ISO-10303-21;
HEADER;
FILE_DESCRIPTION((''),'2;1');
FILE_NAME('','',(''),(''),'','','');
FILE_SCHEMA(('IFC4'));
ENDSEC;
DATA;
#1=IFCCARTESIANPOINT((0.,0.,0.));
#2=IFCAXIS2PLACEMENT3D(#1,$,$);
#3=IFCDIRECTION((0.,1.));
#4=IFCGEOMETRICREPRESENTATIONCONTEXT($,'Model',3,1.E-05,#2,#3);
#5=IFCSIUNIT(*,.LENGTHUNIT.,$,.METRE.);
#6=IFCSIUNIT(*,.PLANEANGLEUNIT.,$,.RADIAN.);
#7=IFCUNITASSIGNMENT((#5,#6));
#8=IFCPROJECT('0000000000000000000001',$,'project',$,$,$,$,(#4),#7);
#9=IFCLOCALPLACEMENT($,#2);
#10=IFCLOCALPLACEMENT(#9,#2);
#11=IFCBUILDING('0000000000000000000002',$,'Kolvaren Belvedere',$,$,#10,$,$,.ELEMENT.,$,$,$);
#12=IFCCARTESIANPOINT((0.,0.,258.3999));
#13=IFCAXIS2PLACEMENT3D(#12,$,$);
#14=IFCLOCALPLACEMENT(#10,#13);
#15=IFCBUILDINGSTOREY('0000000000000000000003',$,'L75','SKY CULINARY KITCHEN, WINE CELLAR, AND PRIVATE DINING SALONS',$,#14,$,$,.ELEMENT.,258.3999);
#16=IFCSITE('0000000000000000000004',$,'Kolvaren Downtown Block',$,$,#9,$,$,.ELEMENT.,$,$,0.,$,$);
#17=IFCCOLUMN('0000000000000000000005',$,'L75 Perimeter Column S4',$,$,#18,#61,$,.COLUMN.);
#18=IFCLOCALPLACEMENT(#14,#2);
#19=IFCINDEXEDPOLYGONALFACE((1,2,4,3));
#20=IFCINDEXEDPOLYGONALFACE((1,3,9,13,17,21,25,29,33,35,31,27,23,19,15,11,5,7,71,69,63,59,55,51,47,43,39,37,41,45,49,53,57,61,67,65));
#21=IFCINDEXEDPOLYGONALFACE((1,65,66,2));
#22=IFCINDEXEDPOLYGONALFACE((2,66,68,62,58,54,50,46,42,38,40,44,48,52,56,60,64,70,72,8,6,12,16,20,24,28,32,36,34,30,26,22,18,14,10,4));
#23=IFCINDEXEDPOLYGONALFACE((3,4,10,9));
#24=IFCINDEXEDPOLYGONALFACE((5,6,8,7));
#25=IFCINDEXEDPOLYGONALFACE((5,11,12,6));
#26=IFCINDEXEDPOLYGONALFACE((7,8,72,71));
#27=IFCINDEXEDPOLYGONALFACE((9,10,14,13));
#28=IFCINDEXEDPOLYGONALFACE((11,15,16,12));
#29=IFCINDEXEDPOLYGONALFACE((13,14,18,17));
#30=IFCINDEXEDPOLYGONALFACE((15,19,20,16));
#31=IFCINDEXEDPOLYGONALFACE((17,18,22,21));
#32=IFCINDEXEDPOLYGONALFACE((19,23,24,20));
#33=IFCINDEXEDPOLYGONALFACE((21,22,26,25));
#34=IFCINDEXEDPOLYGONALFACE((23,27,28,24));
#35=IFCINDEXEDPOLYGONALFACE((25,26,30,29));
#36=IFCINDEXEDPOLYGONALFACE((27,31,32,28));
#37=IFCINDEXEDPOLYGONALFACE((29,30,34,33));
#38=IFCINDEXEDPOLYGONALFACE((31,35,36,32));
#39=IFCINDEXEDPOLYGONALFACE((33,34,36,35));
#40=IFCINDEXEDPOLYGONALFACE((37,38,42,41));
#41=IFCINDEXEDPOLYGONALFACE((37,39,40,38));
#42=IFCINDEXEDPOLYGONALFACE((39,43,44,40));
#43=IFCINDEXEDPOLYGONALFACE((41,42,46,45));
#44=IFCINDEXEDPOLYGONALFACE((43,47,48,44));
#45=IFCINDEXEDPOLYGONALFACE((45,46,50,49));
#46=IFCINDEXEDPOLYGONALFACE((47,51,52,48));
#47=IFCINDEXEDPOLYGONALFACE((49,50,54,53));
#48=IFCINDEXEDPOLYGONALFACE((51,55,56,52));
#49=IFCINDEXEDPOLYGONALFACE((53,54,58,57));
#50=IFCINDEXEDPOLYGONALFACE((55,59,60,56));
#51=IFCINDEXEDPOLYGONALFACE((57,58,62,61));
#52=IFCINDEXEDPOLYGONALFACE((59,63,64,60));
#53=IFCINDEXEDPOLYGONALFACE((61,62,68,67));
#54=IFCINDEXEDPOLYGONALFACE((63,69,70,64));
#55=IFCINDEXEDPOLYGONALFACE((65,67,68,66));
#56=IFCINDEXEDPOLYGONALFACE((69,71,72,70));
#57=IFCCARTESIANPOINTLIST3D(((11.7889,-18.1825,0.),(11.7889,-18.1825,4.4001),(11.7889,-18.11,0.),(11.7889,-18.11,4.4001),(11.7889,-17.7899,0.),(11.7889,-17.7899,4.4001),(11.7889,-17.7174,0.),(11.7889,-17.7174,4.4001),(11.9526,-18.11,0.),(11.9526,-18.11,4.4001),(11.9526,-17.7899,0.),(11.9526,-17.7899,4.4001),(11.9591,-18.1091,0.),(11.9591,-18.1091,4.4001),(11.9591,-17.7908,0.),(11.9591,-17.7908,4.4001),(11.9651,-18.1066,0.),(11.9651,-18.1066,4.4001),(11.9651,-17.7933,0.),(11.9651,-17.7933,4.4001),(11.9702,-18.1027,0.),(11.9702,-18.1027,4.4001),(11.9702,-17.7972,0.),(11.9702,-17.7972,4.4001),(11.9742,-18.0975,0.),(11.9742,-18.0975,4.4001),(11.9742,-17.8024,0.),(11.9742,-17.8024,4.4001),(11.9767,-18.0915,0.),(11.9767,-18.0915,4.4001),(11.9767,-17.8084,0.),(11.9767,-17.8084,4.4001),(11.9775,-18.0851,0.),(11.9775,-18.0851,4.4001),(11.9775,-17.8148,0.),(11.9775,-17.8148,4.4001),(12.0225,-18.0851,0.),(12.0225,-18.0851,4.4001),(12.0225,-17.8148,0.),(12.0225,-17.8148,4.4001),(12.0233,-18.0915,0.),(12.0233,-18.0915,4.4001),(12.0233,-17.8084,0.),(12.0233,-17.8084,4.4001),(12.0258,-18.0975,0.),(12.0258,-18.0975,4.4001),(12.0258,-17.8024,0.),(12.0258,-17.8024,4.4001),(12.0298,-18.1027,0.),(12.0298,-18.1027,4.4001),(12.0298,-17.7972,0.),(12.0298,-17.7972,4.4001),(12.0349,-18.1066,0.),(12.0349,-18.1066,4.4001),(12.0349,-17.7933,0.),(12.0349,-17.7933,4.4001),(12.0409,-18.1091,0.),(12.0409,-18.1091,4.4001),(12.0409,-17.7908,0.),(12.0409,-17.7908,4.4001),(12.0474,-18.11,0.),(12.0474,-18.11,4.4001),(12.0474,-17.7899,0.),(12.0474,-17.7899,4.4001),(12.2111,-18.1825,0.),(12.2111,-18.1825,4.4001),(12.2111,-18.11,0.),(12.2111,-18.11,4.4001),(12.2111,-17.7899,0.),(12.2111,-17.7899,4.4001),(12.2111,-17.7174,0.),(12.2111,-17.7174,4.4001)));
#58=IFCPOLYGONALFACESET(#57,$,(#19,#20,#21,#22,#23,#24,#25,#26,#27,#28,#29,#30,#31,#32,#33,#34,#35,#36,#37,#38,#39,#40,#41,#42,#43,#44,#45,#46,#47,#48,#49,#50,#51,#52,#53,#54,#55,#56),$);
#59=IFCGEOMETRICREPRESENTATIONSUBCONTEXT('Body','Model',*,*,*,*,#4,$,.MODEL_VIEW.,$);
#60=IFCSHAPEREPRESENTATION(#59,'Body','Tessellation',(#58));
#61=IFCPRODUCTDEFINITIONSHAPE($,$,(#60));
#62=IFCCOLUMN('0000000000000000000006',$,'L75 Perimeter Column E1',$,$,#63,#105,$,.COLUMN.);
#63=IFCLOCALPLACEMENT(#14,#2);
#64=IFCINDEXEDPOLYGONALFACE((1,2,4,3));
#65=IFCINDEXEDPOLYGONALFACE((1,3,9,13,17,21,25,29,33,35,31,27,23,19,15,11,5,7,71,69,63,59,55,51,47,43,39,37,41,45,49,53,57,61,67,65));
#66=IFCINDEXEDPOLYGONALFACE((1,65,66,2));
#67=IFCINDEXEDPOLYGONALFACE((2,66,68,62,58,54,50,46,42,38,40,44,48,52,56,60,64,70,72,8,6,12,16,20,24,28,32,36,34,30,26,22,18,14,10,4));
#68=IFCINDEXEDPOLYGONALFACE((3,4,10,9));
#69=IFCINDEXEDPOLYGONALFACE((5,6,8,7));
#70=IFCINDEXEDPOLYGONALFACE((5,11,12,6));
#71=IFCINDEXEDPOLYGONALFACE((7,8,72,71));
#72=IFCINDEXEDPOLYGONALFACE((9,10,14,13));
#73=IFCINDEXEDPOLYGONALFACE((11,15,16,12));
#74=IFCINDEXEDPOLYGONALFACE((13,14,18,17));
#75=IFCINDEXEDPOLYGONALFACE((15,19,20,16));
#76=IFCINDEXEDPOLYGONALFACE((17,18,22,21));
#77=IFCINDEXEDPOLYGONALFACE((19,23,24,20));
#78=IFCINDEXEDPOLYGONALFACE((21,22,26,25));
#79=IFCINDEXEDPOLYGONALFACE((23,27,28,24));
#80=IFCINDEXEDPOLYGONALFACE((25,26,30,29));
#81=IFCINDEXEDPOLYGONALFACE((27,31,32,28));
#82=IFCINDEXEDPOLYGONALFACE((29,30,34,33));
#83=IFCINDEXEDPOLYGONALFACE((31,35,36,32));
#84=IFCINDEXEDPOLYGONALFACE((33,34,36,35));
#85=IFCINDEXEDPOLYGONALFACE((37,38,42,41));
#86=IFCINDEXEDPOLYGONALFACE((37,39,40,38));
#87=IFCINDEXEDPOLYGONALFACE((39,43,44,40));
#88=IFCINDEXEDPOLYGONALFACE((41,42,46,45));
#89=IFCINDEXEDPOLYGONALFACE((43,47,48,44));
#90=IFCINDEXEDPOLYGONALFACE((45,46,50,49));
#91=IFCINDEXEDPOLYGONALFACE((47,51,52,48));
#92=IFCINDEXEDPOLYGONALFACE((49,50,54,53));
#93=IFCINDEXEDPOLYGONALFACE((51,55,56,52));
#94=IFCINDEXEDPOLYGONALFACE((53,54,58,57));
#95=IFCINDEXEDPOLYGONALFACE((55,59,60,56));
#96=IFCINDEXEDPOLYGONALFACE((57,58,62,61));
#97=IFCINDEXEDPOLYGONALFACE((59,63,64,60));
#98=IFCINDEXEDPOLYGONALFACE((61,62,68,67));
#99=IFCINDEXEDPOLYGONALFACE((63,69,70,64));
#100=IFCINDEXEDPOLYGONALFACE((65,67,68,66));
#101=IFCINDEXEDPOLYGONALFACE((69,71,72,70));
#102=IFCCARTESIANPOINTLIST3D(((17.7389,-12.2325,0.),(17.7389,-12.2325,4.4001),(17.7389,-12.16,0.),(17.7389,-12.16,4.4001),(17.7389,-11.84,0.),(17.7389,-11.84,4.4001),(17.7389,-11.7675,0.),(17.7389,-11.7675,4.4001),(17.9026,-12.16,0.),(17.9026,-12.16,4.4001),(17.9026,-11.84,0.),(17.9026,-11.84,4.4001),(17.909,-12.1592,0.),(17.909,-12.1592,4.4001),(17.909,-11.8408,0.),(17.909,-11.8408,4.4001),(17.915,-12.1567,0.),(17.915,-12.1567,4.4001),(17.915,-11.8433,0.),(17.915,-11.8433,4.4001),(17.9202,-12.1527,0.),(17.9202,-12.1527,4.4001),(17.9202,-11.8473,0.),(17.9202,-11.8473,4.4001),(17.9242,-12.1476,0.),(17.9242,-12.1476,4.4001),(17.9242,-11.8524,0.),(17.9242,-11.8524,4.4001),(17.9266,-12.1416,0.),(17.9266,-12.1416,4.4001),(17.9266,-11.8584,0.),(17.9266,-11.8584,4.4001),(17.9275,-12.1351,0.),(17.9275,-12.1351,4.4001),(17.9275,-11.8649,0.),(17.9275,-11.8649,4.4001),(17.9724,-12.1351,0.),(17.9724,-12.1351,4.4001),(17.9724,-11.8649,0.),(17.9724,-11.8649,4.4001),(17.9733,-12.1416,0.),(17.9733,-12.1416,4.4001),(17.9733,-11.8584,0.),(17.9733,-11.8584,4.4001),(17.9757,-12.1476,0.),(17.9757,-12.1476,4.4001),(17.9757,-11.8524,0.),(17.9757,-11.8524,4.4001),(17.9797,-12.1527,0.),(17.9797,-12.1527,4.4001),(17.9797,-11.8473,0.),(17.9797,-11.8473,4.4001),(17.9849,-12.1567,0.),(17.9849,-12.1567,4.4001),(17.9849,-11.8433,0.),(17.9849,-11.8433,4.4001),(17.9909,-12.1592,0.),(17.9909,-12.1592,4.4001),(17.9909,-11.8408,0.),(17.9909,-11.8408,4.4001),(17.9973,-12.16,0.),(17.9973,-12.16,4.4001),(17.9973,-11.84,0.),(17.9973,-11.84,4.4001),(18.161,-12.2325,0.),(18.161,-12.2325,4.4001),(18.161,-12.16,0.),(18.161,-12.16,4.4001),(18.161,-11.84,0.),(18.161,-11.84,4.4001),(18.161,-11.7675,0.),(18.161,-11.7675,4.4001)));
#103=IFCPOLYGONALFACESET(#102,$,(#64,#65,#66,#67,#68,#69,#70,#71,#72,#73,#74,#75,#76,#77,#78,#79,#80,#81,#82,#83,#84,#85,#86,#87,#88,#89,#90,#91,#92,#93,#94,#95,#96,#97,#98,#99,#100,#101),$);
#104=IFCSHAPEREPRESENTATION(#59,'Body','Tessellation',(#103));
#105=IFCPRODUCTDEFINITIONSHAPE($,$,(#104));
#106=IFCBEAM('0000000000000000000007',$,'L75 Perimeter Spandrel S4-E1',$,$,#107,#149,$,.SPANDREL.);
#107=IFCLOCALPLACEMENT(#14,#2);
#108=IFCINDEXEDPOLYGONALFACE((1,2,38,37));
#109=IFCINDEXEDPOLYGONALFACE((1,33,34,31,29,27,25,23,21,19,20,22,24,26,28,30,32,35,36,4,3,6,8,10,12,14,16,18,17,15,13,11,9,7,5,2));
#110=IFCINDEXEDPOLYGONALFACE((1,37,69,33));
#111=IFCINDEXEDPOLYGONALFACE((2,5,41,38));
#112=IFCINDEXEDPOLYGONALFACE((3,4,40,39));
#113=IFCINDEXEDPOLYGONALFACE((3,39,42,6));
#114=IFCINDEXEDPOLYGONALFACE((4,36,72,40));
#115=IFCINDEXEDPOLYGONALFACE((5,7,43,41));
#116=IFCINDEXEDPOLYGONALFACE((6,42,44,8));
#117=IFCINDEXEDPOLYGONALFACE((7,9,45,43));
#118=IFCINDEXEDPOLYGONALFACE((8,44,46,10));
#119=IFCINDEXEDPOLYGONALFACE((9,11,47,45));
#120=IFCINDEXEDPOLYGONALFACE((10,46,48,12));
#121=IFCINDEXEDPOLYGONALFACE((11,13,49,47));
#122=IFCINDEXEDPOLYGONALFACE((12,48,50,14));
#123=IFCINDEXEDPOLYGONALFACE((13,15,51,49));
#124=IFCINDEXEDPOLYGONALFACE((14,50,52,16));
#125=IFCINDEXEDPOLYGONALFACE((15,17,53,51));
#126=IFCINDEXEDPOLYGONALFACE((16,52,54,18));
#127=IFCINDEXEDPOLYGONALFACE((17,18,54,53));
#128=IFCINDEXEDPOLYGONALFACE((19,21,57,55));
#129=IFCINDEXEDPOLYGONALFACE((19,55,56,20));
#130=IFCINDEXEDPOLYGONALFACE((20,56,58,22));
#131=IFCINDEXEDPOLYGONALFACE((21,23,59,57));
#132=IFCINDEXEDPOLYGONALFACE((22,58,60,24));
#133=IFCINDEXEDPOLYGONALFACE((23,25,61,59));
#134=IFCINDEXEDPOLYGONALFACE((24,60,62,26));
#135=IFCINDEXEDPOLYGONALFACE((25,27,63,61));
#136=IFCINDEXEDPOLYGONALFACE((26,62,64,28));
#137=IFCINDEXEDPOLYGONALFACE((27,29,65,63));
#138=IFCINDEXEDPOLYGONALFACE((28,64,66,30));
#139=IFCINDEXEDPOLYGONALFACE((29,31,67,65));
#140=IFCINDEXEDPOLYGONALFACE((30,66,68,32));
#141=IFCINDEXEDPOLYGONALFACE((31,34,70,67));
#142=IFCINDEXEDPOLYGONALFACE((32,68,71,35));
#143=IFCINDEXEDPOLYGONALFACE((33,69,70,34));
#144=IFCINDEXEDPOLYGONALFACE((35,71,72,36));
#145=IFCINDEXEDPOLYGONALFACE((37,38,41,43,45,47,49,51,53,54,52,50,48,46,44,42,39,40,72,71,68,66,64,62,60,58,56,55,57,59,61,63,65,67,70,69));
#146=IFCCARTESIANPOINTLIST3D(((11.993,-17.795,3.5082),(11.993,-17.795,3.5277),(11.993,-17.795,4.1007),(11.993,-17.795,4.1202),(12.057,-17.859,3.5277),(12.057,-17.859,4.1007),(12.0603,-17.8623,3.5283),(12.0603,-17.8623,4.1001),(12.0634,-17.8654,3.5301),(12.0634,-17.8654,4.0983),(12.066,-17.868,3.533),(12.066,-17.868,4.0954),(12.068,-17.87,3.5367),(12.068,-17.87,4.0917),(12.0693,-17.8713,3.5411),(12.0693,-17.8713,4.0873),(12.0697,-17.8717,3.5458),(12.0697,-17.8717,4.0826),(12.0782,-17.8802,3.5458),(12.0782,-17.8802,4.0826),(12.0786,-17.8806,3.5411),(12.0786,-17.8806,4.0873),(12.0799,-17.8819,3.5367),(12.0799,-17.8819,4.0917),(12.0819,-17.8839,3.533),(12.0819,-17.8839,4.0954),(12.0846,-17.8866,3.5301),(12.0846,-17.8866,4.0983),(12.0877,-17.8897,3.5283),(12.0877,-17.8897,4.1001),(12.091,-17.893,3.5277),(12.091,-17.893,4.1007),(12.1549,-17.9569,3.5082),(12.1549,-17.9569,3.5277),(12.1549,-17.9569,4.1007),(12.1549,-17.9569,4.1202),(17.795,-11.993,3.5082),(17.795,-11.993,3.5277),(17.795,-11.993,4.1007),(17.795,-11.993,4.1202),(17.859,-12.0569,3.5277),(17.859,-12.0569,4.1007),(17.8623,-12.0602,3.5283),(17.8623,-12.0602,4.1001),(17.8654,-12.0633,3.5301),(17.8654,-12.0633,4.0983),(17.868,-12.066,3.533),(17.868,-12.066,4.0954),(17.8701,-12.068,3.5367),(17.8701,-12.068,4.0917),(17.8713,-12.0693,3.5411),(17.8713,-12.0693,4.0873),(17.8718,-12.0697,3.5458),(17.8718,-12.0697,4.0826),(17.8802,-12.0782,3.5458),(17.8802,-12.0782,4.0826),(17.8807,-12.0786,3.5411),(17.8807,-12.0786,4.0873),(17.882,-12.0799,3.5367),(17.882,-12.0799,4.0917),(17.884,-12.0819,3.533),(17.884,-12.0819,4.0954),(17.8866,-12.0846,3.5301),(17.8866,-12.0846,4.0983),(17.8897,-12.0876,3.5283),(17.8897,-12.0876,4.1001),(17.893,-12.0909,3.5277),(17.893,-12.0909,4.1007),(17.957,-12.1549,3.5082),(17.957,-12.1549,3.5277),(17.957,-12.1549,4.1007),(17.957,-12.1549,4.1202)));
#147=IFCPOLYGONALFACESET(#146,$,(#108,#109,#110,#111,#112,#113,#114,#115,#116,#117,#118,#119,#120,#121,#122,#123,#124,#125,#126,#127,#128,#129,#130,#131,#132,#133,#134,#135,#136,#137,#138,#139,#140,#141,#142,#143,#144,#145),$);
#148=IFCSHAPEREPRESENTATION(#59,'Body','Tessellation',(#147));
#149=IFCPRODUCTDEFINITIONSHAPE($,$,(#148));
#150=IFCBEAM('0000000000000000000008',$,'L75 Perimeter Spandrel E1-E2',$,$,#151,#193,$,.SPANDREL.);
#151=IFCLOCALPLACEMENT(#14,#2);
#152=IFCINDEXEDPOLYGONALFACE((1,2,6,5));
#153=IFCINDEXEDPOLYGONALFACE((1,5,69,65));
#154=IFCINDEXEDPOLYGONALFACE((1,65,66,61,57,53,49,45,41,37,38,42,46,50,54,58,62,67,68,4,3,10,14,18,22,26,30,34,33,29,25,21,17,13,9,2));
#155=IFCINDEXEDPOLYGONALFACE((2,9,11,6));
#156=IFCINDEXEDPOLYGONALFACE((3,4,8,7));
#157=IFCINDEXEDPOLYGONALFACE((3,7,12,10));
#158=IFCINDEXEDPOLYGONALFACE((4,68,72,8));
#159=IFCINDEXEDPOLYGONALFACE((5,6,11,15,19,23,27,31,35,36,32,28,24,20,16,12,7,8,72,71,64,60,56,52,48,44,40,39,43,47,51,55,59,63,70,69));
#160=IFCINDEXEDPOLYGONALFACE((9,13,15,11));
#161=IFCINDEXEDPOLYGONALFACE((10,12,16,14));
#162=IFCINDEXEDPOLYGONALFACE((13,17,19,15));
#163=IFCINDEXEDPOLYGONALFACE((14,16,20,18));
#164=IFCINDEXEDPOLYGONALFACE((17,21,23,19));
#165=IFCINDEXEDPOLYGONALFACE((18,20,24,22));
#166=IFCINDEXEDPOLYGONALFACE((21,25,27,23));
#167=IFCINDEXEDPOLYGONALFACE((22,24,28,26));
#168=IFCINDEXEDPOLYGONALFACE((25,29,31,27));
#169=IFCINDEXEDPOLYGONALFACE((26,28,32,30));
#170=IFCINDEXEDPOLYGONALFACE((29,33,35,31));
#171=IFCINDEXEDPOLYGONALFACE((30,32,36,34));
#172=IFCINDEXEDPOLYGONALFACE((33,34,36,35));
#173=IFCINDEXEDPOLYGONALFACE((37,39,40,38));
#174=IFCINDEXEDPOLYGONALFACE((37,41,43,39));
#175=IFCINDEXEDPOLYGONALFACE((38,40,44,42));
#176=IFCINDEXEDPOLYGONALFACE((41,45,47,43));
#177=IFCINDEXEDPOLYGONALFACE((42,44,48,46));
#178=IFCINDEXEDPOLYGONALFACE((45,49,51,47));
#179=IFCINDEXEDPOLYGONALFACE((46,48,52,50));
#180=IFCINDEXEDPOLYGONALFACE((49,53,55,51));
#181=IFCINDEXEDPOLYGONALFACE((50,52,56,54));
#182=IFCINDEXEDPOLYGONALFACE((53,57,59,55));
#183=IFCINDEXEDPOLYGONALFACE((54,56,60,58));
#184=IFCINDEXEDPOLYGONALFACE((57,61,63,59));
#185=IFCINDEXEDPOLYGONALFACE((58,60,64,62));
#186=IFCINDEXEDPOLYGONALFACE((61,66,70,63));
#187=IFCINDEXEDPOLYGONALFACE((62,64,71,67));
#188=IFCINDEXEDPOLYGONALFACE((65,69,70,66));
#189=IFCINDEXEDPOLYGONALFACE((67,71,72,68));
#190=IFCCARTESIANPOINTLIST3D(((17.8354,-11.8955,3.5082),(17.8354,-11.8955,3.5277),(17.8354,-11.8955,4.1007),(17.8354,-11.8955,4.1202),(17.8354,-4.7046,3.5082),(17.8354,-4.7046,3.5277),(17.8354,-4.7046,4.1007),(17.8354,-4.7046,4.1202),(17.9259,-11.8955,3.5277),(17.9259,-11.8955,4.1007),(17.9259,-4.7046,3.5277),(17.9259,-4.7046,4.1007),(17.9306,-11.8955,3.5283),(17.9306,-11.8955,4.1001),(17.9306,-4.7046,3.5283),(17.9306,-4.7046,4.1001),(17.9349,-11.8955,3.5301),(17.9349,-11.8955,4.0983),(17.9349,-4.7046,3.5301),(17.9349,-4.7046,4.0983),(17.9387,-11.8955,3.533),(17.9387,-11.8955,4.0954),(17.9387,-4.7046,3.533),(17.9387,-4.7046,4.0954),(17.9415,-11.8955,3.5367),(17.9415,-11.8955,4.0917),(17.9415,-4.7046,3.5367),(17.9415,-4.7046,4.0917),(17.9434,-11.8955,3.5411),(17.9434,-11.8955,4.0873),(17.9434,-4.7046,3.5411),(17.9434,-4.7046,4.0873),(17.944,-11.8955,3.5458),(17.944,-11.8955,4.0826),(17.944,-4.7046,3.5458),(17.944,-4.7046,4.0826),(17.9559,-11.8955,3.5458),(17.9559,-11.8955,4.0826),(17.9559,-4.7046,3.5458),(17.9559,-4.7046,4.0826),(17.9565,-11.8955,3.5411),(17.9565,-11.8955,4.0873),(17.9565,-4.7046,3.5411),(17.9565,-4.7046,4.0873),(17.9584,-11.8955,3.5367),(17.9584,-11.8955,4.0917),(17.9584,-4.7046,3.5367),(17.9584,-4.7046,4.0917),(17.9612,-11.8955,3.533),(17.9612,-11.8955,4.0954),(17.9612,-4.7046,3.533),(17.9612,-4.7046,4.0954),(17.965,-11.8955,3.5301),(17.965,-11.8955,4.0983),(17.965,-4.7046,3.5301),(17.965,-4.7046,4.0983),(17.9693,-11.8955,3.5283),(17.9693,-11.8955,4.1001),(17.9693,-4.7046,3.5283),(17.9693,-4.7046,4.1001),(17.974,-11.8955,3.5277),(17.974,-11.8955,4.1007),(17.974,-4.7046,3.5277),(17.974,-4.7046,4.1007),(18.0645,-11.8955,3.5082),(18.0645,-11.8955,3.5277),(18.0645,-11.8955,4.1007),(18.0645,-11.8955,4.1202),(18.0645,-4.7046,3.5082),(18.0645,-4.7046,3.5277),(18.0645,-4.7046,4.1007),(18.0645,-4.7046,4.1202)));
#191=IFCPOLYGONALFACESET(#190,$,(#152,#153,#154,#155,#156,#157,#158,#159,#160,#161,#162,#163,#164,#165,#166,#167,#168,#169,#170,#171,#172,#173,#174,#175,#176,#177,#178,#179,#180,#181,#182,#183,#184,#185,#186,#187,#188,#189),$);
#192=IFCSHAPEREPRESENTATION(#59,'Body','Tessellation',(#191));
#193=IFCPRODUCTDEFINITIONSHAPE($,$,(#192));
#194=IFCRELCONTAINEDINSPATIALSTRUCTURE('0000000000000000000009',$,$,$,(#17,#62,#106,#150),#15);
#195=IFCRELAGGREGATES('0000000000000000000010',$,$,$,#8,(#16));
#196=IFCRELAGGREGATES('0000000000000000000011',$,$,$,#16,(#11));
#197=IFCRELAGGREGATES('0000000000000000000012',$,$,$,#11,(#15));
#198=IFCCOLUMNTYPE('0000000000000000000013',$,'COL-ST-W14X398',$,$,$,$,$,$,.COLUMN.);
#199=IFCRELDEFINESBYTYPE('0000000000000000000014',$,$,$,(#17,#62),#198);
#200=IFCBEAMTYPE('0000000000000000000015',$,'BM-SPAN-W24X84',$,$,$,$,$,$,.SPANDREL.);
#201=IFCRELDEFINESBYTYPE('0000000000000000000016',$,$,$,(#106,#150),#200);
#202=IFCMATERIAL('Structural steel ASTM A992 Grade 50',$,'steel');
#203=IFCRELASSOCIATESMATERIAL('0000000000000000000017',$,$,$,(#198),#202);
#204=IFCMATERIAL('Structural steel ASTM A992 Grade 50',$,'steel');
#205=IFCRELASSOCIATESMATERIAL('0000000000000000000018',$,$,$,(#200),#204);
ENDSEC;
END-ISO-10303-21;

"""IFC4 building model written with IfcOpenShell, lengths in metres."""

from ifc_helpers import new_model, si_unit, direction, frame, origin, origin_2d, place, context, subcontext, project, spatial, i_section, extrude, material, material_profile, profile_set, type_object, element, save


model = new_model("IFC4")

# Units and contexts
model_context = context("Model", 3, precision=1e-05, world=origin(), true_north=direction((0.0, 1.0)))
body_context = subcontext(model_context, "Body", "Model", "MODEL_VIEW")
ifc_project = project(units=[si_unit("LENGTHUNIT", "METRE"), si_unit("PLANEANGLEUNIT", "RADIAN")], contexts=[model_context])

# Site, building, storey
site_placement = place(None, origin())
site = spatial("IfcSite", under=ifc_project, at=site_placement, Name="Kolvaren Downtown Block", CompositionType="ELEMENT", RefElevation=0.0)
building_placement = place(site_placement, origin())
building = spatial("IfcBuilding", under=site, at=building_placement, Name="Kolvaren Belvedere", CompositionType="ELEMENT")
storey_placement = place(building_placement, frame((0.0, 0.0, 258.3999)))
storey = spatial("IfcBuildingStorey", under=building, at=storey_placement, Name="L75", Description="SKY CULINARY KITCHEN, WINE CELLAR, AND PRIVATE DINING SALONS", CompositionType="ELEMENT", Elevation=258.3999)

# Columns
ifc_material_1 = material(Name="Structural steel ASTM A992 Grade 50", Category="steel")
ifc_material_profile_1 = material_profile(ifc_material_1, i_section(OverallWidth=0.4221, OverallDepth=0.4651, WebThickness=0.0449, FlangeThickness=0.0725, FilletRadius=0.0249, at=origin_2d()), Name="W14X398")
ifc_profile_set_1 = profile_set([ifc_material_profile_1], Name="Structural steel ASTM A992 Grade 50")
column_type = type_object("IfcColumnType", Name="COL-ST-W14X398", PredefinedType="COLUMN", material=ifc_profile_set_1)
for number, where, z_axis, x_axis, name in (
    (1, (12.0, -17.95, 0.0), (0.0, 0.0, 1.0), (1.0, 0.0, 0.0), "L75 Perimeter Column S4"),
    (2, (17.95, -12.0, 0.0), (0.0, 0.0, 1.0), (1.0, 0.0, 0.0), "L75 Perimeter Column E1"),
):
    element("IfcColumn", number, at=place(storey_placement, frame(where, z_axis=z_axis, x_axis=x_axis)), inside=storey, type_object=column_type, Name=name, PredefinedType="COLUMN", context=body_context, shape_type="SweptSolid", body=[
        extrude(i_section(OverallWidth=0.4221, OverallDepth=0.4651, WebThickness=0.0449, FlangeThickness=0.0725, FilletRadius=0.0249, at=origin_2d()), origin(), (0.0, 0.0, 1.0), 4.4001),
    ])

# Beams
ifc_material_2 = material(Name="Structural steel ASTM A992 Grade 50", Category="steel")
ifc_material_profile_2 = material_profile(ifc_material_2, i_section(OverallWidth=0.229, OverallDepth=0.6121, WebThickness=0.012, FlangeThickness=0.0195, FilletRadius=0.0181, at=origin_2d()), Name="W24X84")
ifc_profile_set_2 = profile_set([ifc_material_profile_2], Name="Structural steel ASTM A992 Grade 50")
beam_type = type_object("IfcBeamType", Name="BM-SPAN-W24X84", PredefinedType="SPANDREL", material=ifc_profile_set_2)
beam_1_placement = place(storey_placement, frame((12.074, -17.876, 3.8142), z_axis=(0.707107, 0.707107, 0.0), x_axis=(-0.707107, 0.707107, 0.0)))
element("IfcBeam", 3, at=beam_1_placement, inside=storey, type_object=beam_type, Name="L75 Perimeter Spandrel S4-E1", PredefinedType="SPANDREL", context=body_context, shape_type="SweptSolid", body=[
    extrude(i_section(OverallWidth=0.229, OverallDepth=0.6121, WebThickness=0.012, FlangeThickness=0.0195, FilletRadius=0.0181, at=origin_2d()), origin(), (0.0, 0.0, 1.0), 8.2053),
])
beam_2_placement = place(storey_placement, frame((17.95, -11.8955, 3.8142), z_axis=(0.0, 1.0, 0.0), x_axis=(-1.0, 0.0, 0.0)))
element("IfcBeam", 4, at=beam_2_placement, inside=storey, type_object=beam_type, Name="L75 Perimeter Spandrel E1-E2", PredefinedType="SPANDREL", context=body_context, shape_type="SweptSolid", body=[
    extrude(i_section(OverallWidth=0.229, OverallDepth=0.6121, WebThickness=0.012, FlangeThickness=0.0195, FilletRadius=0.0181, at=origin_2d()), origin(), (0.0, 0.0, 1.0), 7.1909),
])

save(model, "model.ifc")
